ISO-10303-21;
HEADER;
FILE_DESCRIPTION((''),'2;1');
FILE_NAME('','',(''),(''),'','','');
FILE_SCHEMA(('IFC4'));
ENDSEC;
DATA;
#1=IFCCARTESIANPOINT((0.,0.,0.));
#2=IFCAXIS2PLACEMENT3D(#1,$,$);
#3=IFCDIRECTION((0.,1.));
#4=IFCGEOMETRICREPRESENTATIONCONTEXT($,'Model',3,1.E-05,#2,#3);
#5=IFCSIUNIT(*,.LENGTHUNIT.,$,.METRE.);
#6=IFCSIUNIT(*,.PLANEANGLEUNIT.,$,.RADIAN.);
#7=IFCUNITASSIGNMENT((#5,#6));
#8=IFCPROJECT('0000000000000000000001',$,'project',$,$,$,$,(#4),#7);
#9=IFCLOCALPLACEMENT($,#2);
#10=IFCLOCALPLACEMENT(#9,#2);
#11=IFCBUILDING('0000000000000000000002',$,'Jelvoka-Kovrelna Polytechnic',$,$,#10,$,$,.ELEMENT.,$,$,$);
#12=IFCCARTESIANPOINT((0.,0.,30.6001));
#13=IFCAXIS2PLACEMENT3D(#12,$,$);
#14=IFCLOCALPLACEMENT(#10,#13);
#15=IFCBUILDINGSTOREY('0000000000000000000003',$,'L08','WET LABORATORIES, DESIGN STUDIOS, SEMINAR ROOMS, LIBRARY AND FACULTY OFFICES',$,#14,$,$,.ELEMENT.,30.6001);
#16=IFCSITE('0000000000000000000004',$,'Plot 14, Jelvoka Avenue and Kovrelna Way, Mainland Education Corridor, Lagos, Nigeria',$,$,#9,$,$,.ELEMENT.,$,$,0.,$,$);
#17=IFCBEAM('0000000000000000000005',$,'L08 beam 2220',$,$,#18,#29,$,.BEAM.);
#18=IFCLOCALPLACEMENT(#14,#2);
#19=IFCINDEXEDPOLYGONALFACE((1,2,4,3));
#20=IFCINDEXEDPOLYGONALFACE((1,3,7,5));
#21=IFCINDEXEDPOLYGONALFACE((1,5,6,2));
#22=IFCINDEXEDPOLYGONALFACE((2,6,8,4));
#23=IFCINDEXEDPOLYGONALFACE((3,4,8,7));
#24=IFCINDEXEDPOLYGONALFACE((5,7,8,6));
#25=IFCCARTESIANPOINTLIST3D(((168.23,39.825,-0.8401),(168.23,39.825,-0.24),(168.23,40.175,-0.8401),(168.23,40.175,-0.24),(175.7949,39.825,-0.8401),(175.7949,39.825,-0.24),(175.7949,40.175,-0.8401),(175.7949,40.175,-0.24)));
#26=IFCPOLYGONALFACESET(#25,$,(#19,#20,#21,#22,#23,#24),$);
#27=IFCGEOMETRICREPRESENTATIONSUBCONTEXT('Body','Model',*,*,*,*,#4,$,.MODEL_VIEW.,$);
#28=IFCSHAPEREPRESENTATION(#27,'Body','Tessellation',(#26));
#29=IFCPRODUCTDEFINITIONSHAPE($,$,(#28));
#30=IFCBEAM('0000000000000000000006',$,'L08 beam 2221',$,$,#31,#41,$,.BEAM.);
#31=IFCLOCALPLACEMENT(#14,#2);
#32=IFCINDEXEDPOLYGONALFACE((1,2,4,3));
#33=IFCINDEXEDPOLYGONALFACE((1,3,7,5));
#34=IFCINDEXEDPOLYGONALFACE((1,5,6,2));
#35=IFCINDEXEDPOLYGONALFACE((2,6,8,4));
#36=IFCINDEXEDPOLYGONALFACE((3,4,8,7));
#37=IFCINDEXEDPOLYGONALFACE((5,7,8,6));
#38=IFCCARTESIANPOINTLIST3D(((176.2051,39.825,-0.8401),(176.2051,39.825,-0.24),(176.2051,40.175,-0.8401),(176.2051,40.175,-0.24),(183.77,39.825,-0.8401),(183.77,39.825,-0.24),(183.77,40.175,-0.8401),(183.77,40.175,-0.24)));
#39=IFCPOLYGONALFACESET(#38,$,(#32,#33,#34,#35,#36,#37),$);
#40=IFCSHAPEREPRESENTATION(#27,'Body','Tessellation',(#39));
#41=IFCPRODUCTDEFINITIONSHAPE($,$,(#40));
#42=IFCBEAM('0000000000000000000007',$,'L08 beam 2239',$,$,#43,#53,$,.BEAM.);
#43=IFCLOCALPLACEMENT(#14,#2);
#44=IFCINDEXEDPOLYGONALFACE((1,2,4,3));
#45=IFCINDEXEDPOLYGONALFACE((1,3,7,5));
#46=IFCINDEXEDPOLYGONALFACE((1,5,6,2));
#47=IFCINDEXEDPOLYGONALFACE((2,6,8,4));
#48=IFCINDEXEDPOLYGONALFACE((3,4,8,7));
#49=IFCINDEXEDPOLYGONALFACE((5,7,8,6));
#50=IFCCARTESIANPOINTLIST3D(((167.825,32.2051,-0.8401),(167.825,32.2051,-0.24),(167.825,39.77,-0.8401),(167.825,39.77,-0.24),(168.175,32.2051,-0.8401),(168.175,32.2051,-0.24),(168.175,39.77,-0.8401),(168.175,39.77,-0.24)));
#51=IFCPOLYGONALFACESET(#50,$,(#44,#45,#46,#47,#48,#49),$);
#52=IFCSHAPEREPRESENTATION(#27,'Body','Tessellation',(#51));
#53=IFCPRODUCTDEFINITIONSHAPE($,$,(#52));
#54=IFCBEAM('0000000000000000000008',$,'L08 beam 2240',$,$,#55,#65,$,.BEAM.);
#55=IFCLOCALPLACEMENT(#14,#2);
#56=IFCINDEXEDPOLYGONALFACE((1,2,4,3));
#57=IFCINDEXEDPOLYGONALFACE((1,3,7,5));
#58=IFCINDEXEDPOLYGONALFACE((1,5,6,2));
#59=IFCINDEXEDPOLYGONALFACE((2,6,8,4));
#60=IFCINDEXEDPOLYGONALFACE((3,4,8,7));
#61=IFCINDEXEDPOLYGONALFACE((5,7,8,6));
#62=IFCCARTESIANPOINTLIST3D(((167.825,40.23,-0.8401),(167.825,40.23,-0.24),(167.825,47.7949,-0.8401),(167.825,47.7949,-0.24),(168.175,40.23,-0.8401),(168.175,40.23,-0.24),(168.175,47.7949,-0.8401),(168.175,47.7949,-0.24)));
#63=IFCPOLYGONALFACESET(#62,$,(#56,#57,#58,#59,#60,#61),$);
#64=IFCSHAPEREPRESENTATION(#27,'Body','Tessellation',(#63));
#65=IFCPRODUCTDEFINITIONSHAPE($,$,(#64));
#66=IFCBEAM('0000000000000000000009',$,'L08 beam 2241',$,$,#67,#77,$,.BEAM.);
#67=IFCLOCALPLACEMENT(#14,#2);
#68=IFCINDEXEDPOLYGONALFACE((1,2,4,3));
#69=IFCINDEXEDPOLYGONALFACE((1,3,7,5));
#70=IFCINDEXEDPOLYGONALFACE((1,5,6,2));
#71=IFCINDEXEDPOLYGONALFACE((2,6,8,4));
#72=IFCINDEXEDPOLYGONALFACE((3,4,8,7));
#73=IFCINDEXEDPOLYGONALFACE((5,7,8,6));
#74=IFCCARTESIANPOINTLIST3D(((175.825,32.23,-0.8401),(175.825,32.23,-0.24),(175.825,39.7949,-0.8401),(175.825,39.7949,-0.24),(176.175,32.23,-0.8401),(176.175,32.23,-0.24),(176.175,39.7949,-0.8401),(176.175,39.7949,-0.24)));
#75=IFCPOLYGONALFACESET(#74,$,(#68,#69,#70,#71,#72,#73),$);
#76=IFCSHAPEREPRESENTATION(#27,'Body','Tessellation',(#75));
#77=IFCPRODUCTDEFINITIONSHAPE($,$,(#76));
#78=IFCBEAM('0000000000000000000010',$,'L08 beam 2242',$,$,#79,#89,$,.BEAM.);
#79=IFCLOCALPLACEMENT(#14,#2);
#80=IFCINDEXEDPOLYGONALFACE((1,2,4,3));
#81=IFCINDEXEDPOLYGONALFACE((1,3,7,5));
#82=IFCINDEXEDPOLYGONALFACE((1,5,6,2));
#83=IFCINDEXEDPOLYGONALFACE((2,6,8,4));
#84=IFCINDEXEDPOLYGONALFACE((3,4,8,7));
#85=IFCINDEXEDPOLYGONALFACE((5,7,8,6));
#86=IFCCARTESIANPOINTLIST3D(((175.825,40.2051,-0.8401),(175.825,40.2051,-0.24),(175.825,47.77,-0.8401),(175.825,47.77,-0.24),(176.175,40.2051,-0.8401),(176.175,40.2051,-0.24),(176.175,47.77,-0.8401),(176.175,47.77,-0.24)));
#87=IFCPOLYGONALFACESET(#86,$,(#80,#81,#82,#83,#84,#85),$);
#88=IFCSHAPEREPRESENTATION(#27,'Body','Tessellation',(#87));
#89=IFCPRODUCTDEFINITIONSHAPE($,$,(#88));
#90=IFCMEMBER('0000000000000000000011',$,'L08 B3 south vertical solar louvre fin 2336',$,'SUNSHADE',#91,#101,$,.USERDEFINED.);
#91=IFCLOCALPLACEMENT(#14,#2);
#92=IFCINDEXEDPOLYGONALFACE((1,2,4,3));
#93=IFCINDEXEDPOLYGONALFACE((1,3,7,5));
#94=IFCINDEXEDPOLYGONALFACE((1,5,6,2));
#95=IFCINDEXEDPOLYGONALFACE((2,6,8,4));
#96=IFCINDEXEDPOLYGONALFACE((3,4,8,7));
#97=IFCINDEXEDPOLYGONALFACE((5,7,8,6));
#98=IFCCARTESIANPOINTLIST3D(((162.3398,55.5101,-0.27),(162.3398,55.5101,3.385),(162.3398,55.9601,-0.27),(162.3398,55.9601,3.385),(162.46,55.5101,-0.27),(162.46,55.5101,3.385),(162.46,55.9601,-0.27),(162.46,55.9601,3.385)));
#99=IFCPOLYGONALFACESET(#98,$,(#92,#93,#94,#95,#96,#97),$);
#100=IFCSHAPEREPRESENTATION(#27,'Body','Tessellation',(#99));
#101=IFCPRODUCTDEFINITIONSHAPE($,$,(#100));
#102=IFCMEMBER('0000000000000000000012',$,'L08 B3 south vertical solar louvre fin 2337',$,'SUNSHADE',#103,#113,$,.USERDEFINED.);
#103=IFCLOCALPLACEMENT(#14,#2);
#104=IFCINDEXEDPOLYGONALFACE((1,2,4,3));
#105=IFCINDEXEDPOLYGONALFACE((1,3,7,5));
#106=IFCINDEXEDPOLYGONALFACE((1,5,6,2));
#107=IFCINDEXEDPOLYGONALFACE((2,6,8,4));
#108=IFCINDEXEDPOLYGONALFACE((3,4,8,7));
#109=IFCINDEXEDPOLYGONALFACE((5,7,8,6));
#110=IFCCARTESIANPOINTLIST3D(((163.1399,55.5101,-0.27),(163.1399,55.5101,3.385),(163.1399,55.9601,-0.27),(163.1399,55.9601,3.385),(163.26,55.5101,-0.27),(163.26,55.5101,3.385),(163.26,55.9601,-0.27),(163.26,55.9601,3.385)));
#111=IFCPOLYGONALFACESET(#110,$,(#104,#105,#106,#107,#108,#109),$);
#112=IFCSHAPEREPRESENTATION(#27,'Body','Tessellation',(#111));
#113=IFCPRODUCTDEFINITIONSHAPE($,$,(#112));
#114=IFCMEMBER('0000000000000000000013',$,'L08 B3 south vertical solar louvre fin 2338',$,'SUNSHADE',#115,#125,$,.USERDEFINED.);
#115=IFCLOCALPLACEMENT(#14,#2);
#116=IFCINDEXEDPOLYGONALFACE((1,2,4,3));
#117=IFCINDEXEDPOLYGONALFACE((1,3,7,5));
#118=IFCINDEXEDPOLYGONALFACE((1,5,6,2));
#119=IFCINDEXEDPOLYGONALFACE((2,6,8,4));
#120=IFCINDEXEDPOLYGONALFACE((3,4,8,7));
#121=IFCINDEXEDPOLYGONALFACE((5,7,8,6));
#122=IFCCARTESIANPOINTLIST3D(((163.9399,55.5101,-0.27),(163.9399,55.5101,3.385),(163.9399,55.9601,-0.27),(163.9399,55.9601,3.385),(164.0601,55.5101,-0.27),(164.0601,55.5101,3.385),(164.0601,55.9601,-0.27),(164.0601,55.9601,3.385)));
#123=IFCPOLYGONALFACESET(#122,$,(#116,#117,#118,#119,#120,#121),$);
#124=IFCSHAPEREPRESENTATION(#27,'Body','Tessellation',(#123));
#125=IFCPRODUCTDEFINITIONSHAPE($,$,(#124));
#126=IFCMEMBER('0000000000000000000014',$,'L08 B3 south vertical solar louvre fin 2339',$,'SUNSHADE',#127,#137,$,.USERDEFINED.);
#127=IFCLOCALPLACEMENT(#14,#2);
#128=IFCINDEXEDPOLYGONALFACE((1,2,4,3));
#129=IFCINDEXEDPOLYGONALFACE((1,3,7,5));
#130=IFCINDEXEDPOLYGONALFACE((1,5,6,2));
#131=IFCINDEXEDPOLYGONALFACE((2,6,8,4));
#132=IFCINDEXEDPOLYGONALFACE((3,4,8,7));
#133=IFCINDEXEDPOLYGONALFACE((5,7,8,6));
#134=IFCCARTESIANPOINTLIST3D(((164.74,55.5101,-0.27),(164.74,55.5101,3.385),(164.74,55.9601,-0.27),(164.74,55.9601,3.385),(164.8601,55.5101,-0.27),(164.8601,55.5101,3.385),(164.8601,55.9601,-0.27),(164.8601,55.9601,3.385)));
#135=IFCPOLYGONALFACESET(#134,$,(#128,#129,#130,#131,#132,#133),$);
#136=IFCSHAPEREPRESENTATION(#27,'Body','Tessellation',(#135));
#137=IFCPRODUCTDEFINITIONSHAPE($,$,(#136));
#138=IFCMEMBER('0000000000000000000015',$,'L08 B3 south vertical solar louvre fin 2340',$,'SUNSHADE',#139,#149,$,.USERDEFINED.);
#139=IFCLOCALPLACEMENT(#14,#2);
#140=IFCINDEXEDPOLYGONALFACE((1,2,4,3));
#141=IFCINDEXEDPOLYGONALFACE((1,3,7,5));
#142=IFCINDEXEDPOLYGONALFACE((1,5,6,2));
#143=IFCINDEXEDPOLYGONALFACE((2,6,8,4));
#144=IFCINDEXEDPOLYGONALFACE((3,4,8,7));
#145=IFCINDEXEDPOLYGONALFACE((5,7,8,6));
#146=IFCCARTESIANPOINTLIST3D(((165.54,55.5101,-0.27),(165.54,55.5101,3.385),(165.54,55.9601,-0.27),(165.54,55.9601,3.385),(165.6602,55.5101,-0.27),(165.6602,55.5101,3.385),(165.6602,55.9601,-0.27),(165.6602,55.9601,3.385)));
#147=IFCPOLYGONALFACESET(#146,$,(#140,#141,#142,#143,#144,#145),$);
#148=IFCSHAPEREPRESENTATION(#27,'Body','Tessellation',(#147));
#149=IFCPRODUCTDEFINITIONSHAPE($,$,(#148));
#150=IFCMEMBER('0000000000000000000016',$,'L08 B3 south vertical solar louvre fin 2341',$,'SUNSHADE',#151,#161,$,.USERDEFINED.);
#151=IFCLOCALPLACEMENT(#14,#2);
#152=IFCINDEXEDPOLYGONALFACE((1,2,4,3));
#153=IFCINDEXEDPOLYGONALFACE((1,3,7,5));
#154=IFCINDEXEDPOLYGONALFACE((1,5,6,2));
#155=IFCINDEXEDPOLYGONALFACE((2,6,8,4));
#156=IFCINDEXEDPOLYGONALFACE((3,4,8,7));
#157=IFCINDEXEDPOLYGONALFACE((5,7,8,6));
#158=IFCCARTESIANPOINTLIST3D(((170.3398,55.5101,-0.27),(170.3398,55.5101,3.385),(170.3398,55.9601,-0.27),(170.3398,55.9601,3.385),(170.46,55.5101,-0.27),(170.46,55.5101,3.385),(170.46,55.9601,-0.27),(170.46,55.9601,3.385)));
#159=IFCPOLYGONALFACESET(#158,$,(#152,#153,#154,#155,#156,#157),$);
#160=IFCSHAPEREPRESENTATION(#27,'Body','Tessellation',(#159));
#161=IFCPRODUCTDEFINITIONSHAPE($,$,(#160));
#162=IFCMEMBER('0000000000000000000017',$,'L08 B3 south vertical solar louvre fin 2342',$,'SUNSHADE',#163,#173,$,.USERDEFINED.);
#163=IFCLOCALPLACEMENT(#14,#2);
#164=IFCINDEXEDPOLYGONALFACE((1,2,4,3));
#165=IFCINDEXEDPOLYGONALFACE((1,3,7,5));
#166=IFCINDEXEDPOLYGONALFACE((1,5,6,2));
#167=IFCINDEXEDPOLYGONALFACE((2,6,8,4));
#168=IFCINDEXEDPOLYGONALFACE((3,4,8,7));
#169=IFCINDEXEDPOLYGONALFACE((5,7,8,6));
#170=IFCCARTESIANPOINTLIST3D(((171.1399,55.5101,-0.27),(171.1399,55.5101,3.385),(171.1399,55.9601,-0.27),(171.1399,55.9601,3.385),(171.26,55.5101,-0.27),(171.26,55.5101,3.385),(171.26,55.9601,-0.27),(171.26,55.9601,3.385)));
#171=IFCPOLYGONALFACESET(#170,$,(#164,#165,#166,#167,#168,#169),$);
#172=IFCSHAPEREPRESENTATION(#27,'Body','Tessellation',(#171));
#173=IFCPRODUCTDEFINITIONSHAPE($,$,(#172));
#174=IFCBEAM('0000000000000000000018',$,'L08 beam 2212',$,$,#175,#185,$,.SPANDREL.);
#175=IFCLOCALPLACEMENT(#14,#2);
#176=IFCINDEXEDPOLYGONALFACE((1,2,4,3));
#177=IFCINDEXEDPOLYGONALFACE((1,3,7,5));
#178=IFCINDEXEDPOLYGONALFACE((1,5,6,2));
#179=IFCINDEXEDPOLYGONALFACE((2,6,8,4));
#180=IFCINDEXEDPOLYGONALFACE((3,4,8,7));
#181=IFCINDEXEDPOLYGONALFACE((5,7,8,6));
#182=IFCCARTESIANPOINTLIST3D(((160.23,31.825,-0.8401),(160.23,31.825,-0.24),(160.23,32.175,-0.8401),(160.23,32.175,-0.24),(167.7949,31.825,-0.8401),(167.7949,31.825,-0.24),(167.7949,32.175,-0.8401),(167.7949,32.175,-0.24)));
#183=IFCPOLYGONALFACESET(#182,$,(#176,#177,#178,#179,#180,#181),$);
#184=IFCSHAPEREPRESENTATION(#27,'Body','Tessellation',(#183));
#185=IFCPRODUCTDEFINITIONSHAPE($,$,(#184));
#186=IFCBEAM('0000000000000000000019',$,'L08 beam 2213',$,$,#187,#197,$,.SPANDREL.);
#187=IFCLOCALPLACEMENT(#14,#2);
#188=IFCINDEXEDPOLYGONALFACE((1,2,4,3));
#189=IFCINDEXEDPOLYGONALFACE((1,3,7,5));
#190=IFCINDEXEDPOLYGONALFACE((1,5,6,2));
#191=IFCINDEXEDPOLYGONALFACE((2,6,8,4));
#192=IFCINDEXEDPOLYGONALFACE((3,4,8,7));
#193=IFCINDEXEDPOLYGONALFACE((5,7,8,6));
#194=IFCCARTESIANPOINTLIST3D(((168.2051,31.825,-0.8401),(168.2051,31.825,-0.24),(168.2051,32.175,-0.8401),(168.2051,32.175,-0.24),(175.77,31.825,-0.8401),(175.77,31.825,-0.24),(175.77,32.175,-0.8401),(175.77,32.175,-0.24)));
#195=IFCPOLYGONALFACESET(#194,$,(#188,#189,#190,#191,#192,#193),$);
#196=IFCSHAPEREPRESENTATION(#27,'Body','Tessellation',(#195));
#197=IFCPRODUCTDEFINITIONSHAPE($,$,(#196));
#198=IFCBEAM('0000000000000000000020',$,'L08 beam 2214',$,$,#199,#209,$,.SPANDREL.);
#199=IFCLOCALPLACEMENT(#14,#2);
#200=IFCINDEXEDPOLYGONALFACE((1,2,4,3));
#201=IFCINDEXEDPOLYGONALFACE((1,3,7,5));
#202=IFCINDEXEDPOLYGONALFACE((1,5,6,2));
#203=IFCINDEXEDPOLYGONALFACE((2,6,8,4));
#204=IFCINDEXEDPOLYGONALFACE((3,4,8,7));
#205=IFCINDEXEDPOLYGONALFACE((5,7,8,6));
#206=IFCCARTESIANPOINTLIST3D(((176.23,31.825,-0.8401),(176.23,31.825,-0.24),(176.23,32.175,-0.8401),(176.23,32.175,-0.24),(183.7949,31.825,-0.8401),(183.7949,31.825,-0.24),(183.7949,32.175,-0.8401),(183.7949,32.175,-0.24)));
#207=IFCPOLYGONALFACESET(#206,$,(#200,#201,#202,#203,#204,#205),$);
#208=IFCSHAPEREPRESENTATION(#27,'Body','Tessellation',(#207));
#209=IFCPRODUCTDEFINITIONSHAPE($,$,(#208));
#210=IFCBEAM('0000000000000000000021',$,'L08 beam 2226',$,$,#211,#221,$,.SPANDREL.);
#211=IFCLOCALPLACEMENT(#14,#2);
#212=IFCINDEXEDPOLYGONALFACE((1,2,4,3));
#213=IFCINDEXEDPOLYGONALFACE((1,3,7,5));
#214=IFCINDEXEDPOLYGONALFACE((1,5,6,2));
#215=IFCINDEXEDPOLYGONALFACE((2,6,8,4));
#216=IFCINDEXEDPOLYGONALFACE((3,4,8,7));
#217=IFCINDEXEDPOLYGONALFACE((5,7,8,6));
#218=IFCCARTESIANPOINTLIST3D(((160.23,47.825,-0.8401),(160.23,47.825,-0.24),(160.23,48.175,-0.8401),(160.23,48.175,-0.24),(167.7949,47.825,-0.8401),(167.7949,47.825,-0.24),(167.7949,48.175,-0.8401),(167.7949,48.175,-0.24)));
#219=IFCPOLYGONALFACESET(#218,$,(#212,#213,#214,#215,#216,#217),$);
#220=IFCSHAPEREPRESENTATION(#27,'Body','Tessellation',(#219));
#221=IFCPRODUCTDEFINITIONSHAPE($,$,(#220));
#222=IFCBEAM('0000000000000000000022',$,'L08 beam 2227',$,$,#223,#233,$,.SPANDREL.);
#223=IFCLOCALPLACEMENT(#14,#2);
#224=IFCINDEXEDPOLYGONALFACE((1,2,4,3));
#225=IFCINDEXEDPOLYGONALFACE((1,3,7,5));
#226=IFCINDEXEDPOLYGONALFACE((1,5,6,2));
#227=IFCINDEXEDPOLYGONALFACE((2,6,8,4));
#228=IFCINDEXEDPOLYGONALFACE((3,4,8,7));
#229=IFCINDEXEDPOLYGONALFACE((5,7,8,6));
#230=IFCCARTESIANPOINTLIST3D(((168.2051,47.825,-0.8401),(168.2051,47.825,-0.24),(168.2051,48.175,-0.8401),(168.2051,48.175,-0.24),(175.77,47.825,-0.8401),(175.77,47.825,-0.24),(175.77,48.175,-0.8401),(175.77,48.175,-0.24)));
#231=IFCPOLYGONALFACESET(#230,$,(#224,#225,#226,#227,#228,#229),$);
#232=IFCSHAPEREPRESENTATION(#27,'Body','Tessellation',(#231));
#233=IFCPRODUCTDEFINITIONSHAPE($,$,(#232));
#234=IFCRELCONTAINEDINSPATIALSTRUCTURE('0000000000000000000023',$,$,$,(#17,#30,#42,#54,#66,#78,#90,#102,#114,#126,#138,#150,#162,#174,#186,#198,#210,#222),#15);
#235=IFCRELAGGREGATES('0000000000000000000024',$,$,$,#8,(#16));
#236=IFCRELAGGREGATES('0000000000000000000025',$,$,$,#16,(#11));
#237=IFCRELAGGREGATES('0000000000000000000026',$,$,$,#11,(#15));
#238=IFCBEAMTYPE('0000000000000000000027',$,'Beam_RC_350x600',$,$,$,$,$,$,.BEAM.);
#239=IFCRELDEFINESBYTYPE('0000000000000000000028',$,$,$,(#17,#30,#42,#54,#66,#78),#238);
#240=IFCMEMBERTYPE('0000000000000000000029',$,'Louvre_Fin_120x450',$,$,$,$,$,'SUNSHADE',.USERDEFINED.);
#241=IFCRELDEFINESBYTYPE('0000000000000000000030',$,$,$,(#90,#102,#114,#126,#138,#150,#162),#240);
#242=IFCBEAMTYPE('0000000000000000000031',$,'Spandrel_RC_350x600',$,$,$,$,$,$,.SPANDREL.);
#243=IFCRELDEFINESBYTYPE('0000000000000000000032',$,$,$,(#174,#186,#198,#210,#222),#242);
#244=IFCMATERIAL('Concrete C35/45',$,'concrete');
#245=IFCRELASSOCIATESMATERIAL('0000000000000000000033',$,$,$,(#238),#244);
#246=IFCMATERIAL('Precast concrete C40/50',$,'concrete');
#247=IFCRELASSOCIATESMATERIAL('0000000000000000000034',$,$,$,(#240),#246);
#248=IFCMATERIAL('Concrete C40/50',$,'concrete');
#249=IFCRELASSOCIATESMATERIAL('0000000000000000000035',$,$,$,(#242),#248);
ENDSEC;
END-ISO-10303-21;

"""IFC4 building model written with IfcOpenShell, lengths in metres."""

from ifc_helpers import new_model, si_unit, direction, frame, origin, origin_2d, place, context, subcontext, project, spatial, rectangle, extrude, material, material_profile, profile_set, type_object, element, save


model = new_model("IFC4")

# Units and contexts
model_context = context("Model", 3, precision=1e-05, world=origin(), true_north=direction((0.0, 1.0)))
body_context = subcontext(model_context, "Body", "Model", "MODEL_VIEW")
ifc_project = project(units=[si_unit("LENGTHUNIT", "METRE"), si_unit("PLANEANGLEUNIT", "RADIAN")], contexts=[model_context])

# Site, building, storey
site_placement = place(None, origin())
site = spatial("IfcSite", under=ifc_project, at=site_placement, Name="Plot 14, Jelvoka Avenue and Kovrelna Way, Mainland Education Corridor, Lagos, Nigeria", CompositionType="ELEMENT", RefElevation=0.0)
building_placement = place(site_placement, origin())
building = spatial("IfcBuilding", under=site, at=building_placement, Name="Jelvoka-Kovrelna Polytechnic", CompositionType="ELEMENT")
storey_placement = place(building_placement, frame((0.0, 0.0, 30.6001)))
storey = spatial("IfcBuildingStorey", under=building, at=storey_placement, Name="L08", Description="WET LABORATORIES, DESIGN STUDIOS, SEMINAR ROOMS, LIBRARY AND FACULTY OFFICES", CompositionType="ELEMENT", Elevation=30.6001)

# Beams
ifc_material_1 = material(Name="Concrete C35/45", Category="concrete")
ifc_material_profile_1 = material_profile(ifc_material_1, rectangle(XDim=0.3501, YDim=0.6001, at=origin_2d()), Name="RC 350x600")
ifc_profile_set_1 = profile_set([ifc_material_profile_1], Name="Concrete C35/45")
beam_type_1 = type_object("IfcBeamType", Name="Beam_RC_350x600", PredefinedType="BEAM", material=ifc_profile_set_1)
for number, where, z_axis, x_axis, name in (
    (1, (168.23, 40.0, -0.54), (1.0, 0.0, 0.0), (0.0, 1.0, 0.0), "L08 beam 2220"),
    (2, (176.2051, 40.0, -0.54), (1.0, 0.0, 0.0), (0.0, 1.0, 0.0), "L08 beam 2221"),
    (3, (168.0, 32.2051, -0.54), (0.0, 1.0, 0.0), (-1.0, 0.0, 0.0), "L08 beam 2239"),
    (4, (168.0, 40.23, -0.54), (0.0, 1.0, 0.0), (-1.0, 0.0, 0.0), "L08 beam 2240"),
    (5, (176.0, 32.23, -0.54), (0.0, 1.0, 0.0), (-1.0, 0.0, 0.0), "L08 beam 2241"),
    (6, (176.0, 40.2051, -0.54), (0.0, 1.0, 0.0), (-1.0, 0.0, 0.0), "L08 beam 2242"),
):
    element("IfcBeam", number, at=place(storey_placement, frame(where, z_axis=z_axis, x_axis=x_axis)), inside=storey, type_object=beam_type_1, Name=name, PredefinedType="BEAM", context=body_context, shape_type="SweptSolid", body=[
        extrude(rectangle(XDim=0.3501, YDim=0.6001, at=origin_2d()), origin(), (0.0, 0.0, 1.0), 7.5649),
    ])

# Members
ifc_material_2 = material(Name="Precast concrete C40/50", Category="concrete")
ifc_material_profile_2 = material_profile(ifc_material_2, rectangle(XDim=0.1201, YDim=0.45, at=origin_2d()), Name="PC 120x450")
ifc_profile_set_2 = profile_set([ifc_material_profile_2], Name="Precast concrete C40/50")
member_type = type_object("IfcMemberType", Name="Louvre_Fin_120x450", ElementType="SUNSHADE", PredefinedType="USERDEFINED", material=ifc_profile_set_2)
for number, where, z_axis, x_axis, name in (
    (7, (162.3999, 55.7351, -0.27), (0.0, 0.0, 1.0), (1.0, 0.0, 0.0), "L08 B3 south vertical solar louvre fin 2336"),
    (8, (163.2, 55.7351, -0.27), (0.0, 0.0, 1.0), (1.0, 0.0, 0.0), "L08 B3 south vertical solar louvre fin 2337"),
    (9, (164.0, 55.7351, -0.27), (0.0, 0.0, 1.0), (1.0, 0.0, 0.0), "L08 B3 south vertical solar louvre fin 2338"),
    (10, (164.8, 55.7351, -0.27), (0.0, 0.0, 1.0), (1.0, 0.0, 0.0), "L08 B3 south vertical solar louvre fin 2339"),
    (11, (165.6001, 55.7351, -0.27), (0.0, 0.0, 1.0), (1.0, 0.0, 0.0), "L08 B3 south vertical solar louvre fin 2340"),
    (12, (170.3999, 55.7351, -0.27), (0.0, 0.0, 1.0), (1.0, 0.0, 0.0), "L08 B3 south vertical solar louvre fin 2341"),
    (13, (171.2, 55.7351, -0.27), (0.0, 0.0, 1.0), (1.0, 0.0, 0.0), "L08 B3 south vertical solar louvre fin 2342"),
):
    element("IfcMember", number, at=place(storey_placement, frame(where, z_axis=z_axis, x_axis=x_axis)), inside=storey, type_object=member_type, Name=name, ObjectType="SUNSHADE", PredefinedType="USERDEFINED", context=body_context, shape_type="SweptSolid", body=[
        extrude(rectangle(XDim=0.1201, YDim=0.45, at=origin_2d()), origin(), (0.0, 0.0, 1.0), 3.655),
    ])

# Beams
ifc_material_3 = material(Name="Concrete C40/50", Category="concrete")
ifc_material_profile_3 = material_profile(ifc_material_3, rectangle(XDim=0.3501, YDim=0.6001, at=origin_2d()), Name="RC 350x600")
ifc_profile_set_3 = profile_set([ifc_material_profile_3], Name="Concrete C40/50")
beam_type_2 = type_object("IfcBeamType", Name="Spandrel_RC_350x600", PredefinedType="SPANDREL", material=ifc_profile_set_3)
for number, where, z_axis, x_axis, name in (
    (14, (160.23, 32.0, -0.54), (1.0, 0.0, 0.0), (0.0, 1.0, 0.0), "L08 beam 2212"),
    (15, (168.2051, 32.0, -0.54), (1.0, 0.0, 0.0), (0.0, 1.0, 0.0), "L08 beam 2213"),
    (16, (176.23, 32.0, -0.54), (1.0, 0.0, 0.0), (0.0, 1.0, 0.0), "L08 beam 2214"),
    (17, (160.23, 48.0, -0.54), (1.0, 0.0, 0.0), (0.0, 1.0, 0.0), "L08 beam 2226"),
    (18, (168.2051, 48.0, -0.54), (1.0, 0.0, 0.0), (0.0, 1.0, 0.0), "L08 beam 2227"),
):
    element("IfcBeam", number, at=place(storey_placement, frame(where, z_axis=z_axis, x_axis=x_axis)), inside=storey, type_object=beam_type_2, Name=name, PredefinedType="SPANDREL", context=body_context, shape_type="SweptSolid", body=[
        extrude(rectangle(XDim=0.3501, YDim=0.6001, at=origin_2d()), origin(), (0.0, 0.0, 1.0), 7.5649),
    ])

save(model, "model.ifc")
